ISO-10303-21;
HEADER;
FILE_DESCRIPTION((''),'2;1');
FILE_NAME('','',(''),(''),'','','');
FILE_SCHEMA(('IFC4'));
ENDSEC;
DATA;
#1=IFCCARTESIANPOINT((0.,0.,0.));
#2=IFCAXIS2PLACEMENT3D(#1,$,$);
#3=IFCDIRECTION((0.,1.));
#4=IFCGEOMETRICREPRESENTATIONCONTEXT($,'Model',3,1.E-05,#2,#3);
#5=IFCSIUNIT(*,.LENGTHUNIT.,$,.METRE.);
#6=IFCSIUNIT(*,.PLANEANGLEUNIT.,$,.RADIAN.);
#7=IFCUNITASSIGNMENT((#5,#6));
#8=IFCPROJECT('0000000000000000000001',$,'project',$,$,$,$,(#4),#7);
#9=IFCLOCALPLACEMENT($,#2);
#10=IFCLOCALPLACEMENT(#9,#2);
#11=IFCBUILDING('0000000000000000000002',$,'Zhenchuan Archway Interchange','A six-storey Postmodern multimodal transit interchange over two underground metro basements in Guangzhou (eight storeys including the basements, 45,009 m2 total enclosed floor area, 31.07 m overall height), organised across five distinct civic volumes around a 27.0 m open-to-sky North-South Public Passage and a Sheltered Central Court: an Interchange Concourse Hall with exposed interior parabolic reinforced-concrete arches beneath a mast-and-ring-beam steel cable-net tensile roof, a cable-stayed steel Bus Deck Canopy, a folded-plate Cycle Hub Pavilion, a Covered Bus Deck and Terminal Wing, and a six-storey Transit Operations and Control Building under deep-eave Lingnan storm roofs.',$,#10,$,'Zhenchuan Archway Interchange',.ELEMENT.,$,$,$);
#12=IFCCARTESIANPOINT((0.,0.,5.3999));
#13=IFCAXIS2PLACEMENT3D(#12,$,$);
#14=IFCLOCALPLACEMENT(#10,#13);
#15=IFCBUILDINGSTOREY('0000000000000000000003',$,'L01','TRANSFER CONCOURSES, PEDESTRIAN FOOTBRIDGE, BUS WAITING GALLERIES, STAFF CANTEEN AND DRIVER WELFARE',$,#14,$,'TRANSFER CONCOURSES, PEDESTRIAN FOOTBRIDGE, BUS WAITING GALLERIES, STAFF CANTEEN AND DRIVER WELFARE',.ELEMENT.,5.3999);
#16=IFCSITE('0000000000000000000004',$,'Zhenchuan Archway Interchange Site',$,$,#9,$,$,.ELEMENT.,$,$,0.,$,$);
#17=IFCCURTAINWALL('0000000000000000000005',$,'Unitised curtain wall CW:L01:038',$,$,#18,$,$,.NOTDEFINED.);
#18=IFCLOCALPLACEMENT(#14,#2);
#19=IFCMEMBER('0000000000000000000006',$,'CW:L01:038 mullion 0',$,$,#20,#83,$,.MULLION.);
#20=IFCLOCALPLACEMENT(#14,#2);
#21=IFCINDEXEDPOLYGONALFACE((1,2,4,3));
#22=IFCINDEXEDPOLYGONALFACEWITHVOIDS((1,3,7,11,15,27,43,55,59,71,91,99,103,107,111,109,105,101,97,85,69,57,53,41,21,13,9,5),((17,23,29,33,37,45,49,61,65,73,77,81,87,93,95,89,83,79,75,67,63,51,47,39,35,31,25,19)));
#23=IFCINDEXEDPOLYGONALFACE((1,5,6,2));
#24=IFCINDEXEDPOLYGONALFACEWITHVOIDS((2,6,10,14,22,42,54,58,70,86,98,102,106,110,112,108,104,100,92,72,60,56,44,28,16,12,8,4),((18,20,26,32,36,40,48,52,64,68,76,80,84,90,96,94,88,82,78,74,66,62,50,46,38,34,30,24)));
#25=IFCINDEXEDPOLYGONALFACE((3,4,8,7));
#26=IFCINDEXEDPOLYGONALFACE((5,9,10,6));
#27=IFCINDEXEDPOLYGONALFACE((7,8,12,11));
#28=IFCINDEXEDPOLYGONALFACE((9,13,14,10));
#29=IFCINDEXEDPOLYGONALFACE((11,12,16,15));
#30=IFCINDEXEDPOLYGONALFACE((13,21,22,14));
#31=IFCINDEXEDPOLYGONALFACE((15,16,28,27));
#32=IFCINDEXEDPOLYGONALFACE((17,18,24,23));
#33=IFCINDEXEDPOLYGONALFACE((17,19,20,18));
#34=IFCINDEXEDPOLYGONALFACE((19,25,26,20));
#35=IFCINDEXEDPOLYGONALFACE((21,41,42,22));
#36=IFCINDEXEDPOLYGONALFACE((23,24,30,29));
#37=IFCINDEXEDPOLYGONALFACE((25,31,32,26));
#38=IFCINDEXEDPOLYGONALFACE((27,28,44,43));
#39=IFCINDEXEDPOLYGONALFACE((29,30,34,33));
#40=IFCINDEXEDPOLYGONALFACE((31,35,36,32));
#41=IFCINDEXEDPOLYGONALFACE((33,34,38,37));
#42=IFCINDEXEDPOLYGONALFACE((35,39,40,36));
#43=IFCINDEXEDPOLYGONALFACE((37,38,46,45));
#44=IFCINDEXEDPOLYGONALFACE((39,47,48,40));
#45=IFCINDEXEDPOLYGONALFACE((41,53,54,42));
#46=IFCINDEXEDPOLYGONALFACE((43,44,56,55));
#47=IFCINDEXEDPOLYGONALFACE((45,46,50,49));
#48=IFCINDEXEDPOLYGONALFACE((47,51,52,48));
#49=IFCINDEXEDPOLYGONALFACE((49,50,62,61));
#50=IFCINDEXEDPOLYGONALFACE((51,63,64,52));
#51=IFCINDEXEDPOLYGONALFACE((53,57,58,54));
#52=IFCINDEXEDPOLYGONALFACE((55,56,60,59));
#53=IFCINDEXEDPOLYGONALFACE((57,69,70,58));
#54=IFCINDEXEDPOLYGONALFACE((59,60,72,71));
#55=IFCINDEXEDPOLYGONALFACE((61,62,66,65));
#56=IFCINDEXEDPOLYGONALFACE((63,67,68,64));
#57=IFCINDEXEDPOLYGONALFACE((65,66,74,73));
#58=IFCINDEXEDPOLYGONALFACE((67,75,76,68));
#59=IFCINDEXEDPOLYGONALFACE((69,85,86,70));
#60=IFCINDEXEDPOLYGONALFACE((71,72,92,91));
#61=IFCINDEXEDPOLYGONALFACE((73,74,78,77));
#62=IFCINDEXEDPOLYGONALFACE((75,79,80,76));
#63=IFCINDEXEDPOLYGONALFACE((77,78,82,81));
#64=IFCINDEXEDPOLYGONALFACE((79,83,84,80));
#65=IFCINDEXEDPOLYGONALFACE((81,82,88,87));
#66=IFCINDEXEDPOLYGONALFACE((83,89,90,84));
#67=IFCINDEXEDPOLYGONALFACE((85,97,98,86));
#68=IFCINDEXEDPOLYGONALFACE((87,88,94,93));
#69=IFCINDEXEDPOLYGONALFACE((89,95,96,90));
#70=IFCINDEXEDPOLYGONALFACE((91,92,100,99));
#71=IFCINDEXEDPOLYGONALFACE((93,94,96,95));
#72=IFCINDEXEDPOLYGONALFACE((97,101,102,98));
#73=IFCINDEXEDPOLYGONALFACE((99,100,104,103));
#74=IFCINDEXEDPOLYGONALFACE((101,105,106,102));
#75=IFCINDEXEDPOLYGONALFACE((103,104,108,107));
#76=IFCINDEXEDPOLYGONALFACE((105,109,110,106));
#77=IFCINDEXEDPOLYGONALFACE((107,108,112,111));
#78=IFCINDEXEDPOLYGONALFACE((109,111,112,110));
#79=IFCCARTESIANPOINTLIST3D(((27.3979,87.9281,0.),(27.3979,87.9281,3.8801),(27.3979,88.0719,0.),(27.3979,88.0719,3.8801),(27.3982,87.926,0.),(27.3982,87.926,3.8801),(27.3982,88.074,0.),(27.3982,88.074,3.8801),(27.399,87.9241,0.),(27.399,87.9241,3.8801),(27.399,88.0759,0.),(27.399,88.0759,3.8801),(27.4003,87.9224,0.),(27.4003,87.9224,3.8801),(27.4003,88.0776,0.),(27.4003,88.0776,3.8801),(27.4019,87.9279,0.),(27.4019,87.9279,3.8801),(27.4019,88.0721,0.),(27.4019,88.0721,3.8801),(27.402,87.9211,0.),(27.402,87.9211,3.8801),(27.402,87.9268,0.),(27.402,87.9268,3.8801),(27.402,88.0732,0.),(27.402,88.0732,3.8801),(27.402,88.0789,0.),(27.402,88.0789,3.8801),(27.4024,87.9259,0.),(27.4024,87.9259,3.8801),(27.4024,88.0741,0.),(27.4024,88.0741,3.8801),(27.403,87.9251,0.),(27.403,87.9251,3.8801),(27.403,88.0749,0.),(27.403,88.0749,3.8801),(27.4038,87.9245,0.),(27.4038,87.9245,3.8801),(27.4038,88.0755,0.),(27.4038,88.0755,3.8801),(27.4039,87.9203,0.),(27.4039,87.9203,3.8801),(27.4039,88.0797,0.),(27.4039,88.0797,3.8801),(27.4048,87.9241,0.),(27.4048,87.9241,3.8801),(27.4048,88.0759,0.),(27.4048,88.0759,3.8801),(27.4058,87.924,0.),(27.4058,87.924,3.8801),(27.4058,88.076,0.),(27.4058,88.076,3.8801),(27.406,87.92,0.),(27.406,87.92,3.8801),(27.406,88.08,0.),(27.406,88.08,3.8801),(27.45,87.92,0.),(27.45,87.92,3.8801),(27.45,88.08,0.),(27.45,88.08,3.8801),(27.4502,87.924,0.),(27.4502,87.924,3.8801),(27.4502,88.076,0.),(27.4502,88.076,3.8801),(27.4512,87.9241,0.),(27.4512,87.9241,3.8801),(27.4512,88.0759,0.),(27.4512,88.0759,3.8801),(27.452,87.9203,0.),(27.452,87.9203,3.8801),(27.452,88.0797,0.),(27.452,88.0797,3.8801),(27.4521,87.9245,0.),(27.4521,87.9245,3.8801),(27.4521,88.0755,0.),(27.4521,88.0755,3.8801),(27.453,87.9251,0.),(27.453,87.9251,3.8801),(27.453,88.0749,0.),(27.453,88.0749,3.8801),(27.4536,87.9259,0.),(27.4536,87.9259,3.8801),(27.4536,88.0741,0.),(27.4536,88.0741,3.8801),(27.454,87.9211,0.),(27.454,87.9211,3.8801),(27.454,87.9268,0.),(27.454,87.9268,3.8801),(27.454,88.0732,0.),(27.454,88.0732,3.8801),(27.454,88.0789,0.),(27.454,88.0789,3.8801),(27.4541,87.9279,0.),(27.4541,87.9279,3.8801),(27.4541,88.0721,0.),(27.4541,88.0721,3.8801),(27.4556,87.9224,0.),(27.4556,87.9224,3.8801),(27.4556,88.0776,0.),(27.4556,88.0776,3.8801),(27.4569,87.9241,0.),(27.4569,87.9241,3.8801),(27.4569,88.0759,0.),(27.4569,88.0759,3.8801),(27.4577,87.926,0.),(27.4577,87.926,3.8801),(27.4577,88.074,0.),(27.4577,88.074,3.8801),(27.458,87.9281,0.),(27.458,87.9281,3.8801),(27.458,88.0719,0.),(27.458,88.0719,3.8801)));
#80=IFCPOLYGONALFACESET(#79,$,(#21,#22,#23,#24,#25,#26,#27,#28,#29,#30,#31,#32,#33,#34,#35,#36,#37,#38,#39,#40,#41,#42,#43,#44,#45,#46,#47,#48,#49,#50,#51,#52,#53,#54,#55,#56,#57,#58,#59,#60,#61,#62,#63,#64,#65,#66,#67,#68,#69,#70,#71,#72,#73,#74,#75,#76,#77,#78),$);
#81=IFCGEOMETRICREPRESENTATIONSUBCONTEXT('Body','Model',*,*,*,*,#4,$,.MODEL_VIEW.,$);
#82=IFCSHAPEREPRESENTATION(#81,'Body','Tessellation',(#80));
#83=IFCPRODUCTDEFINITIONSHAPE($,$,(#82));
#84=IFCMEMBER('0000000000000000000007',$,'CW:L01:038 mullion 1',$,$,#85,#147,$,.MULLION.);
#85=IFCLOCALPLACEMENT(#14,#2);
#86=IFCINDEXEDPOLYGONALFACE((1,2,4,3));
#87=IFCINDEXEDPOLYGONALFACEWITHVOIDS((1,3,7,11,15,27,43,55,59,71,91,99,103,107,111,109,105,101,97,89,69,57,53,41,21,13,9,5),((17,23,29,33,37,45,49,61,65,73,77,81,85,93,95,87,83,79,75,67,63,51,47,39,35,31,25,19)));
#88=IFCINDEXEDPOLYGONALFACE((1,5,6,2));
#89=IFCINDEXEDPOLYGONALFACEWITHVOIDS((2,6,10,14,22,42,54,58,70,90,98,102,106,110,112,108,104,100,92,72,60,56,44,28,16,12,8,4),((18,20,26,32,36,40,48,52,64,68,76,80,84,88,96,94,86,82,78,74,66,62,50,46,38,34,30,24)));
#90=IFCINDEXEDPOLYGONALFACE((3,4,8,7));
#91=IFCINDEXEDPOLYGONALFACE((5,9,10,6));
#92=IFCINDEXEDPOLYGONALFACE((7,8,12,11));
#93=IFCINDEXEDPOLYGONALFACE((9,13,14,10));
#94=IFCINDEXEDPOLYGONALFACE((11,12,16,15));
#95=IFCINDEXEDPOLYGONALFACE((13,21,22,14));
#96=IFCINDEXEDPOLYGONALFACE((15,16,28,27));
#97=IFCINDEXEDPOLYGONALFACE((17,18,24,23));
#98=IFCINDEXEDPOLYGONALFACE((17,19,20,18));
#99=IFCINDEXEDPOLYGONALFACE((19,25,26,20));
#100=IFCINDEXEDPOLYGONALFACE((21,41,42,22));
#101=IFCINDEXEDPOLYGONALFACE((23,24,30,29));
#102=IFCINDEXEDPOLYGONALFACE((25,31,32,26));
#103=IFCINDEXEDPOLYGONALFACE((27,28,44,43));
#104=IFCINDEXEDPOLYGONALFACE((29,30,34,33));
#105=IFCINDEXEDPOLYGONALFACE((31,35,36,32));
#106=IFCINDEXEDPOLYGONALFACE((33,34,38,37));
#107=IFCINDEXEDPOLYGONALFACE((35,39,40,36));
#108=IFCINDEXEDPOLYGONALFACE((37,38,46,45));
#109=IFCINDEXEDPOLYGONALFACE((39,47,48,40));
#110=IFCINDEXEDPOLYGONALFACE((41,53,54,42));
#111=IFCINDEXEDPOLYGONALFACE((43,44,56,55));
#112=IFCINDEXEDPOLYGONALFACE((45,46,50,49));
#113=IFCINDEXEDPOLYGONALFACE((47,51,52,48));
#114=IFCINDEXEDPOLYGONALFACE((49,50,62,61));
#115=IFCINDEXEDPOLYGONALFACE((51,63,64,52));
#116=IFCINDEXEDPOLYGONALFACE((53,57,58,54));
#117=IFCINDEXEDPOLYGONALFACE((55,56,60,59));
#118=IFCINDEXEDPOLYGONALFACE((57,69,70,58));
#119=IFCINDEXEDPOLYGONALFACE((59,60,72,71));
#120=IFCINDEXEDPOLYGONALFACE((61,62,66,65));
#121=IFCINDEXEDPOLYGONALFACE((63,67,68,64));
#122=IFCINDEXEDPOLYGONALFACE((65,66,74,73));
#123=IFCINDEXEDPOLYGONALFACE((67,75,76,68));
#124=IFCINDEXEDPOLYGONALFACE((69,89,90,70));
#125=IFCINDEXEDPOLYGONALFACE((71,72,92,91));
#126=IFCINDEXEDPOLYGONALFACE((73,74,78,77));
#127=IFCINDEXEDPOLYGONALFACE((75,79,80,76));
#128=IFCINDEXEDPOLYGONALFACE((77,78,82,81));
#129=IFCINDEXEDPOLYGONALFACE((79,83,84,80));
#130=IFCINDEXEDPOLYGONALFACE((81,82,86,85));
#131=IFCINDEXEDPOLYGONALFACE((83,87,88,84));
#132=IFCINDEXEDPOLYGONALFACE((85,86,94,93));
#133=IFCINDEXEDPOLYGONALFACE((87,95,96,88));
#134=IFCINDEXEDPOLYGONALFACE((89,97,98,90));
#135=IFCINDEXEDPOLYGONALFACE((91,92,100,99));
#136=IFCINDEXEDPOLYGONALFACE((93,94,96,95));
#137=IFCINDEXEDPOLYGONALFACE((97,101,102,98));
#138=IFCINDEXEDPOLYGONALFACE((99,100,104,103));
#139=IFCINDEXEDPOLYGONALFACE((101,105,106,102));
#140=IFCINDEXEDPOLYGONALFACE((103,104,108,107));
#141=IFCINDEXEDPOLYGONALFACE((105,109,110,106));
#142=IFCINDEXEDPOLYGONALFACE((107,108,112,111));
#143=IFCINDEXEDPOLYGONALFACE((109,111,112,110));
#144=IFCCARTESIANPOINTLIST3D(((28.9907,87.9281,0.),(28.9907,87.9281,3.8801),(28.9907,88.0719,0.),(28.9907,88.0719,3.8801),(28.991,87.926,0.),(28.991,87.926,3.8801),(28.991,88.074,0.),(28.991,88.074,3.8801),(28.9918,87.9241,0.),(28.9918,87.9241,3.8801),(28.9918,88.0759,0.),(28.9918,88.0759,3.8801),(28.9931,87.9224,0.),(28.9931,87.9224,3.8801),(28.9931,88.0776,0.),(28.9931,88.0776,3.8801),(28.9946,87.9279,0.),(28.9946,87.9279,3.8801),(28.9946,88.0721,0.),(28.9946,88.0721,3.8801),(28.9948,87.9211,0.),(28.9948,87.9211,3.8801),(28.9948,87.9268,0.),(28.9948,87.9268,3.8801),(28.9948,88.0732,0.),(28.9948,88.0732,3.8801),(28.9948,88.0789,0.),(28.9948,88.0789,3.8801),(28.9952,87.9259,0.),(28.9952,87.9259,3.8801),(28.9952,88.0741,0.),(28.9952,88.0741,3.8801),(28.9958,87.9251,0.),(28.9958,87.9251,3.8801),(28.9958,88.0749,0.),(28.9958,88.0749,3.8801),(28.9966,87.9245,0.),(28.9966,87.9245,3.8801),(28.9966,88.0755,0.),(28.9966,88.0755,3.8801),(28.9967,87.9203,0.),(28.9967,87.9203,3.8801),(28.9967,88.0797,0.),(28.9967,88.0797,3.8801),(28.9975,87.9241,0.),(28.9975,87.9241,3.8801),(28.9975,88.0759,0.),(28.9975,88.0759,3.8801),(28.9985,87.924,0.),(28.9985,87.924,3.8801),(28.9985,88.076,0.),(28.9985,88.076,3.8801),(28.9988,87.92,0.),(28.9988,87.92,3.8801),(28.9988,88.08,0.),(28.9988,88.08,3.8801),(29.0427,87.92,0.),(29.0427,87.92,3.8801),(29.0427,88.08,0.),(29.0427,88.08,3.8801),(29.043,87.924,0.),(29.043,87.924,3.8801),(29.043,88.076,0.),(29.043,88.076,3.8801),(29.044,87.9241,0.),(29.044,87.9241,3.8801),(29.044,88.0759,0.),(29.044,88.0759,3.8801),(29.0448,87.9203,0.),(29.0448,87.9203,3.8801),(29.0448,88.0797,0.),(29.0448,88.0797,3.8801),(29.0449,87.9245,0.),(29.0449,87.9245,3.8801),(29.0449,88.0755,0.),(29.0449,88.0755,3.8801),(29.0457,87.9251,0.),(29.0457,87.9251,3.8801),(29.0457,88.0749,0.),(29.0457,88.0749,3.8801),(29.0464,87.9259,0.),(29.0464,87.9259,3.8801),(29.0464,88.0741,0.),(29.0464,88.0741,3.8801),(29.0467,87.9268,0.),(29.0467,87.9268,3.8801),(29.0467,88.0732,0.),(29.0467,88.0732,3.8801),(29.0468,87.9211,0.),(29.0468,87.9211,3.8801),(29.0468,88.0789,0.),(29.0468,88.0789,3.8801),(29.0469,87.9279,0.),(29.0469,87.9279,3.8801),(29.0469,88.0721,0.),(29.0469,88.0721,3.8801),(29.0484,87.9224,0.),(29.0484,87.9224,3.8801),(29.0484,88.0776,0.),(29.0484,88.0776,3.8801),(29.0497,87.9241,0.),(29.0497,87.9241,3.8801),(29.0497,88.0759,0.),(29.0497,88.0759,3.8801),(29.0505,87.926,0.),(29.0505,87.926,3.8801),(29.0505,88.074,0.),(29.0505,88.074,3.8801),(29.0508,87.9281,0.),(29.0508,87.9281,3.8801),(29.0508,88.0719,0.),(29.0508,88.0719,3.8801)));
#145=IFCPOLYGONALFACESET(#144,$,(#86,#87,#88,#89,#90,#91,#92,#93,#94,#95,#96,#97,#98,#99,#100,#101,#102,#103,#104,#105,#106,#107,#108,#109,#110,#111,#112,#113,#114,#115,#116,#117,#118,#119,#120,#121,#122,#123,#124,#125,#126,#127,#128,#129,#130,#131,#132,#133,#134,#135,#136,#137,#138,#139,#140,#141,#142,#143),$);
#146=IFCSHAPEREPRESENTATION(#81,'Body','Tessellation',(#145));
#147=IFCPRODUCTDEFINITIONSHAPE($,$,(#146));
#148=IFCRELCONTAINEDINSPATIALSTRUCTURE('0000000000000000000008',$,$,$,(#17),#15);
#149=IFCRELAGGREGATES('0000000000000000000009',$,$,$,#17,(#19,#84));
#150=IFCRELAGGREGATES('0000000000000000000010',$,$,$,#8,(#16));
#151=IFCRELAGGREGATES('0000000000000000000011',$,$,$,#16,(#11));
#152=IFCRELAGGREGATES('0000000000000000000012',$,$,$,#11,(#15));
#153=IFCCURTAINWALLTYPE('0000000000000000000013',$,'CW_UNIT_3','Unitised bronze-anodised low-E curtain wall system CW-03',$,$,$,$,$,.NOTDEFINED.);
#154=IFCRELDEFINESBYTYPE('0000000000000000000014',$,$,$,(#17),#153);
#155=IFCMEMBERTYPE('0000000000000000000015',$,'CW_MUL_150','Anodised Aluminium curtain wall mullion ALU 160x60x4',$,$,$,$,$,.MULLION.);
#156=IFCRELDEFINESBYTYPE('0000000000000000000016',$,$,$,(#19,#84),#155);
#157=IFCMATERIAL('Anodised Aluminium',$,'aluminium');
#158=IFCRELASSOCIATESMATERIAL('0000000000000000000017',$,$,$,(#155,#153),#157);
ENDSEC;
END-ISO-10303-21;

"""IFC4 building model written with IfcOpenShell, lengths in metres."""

from ifc_helpers import new_model, si_unit, direction, frame, origin, origin_2d, place, context, subcontext, project, spatial, hollow_rectangle, extrude, material, material_profile, profile_set, type_object, element, aggregate, save


model = new_model("IFC4")

# Units and contexts
model_context = context("Model", 3, precision=1e-05, world=origin(), true_north=direction((0.0, 1.0)))
body_context = subcontext(model_context, "Body", "Model", "MODEL_VIEW")
ifc_project = project(units=[si_unit("LENGTHUNIT", "METRE"), si_unit("PLANEANGLEUNIT", "RADIAN")], contexts=[model_context])

# Site, building, storey
site_placement = place(None, origin())
site = spatial("IfcSite", under=ifc_project, at=site_placement, Name="Zhenchuan Archway Interchange Site", CompositionType="ELEMENT", RefElevation=0.0)
building_placement = place(site_placement, origin())
building = spatial("IfcBuilding", under=site, at=building_placement, Name="Zhenchuan Archway Interchange", Description="A six-storey Postmodern multimodal transit interchange over two underground metro basements in Guangzhou (eight storeys including the basements, 45,009 m2 total enclosed floor area, 31.07 m overall height), organised across five distinct civic volumes around a 27.0 m open-to-sky North-South Public Passage and a Sheltered Central Court: an Interchange Concourse Hall with exposed interior parabolic reinforced-concrete arches beneath a mast-and-ring-beam steel cable-net tensile roof, a cable-stayed steel Bus Deck Canopy, a folded-plate Cycle Hub Pavilion, a Covered Bus Deck and Terminal Wing, and a six-storey Transit Operations and Control Building under deep-eave Lingnan storm roofs.", LongName="Zhenchuan Archway Interchange", CompositionType="ELEMENT")
storey_placement = place(building_placement, frame((0.0, 0.0, 5.3999)))
storey = spatial("IfcBuildingStorey", under=building, at=storey_placement, Name="L01", Description="TRANSFER CONCOURSES, PEDESTRIAN FOOTBRIDGE, BUS WAITING GALLERIES, STAFF CANTEEN AND DRIVER WELFARE", LongName="TRANSFER CONCOURSES, PEDESTRIAN FOOTBRIDGE, BUS WAITING GALLERIES, STAFF CANTEEN AND DRIVER WELFARE", CompositionType="ELEMENT", Elevation=5.3999)

# Curtain wall, members
ifc_material_1 = material(Name="Anodised Aluminium", Category="aluminium")
ifc_material_profile_1 = material_profile(ifc_material_1, hollow_rectangle(XDim=0.0601, YDim=0.1599, WallThickness=0.0039, InnerFilletRadius=0.0039, OuterFilletRadius=0.0081, at=origin_2d()), Name="ALU 160x60x4")
ifc_profile_set_1 = profile_set([ifc_material_profile_1], Name="Anodised Aluminium")
member_type_1 = type_object("IfcMemberType", Name="CW_MUL_150", Description="Anodised Aluminium curtain wall mullion ALU 160x60x4", PredefinedType="MULLION", material=ifc_profile_set_1)
curtain_wall_type_1 = type_object("IfcCurtainWallType", Name="CW_UNIT_3", Description="Unitised bronze-anodised low-E curtain wall system CW-03", PredefinedType="NOTDEFINED", material=ifc_material_1)
curtain_wall_1_placement = place(storey_placement, origin())
curtain_wall_1 = element("IfcCurtainWall", 1, at=curtain_wall_1_placement, inside=storey, type_object=curtain_wall_type_1, Name="Unitised curtain wall CW:L01:038", PredefinedType="NOTDEFINED")
member_1_placement = place(storey_placement, frame((27.428, 88.0, 0.0), z_axis=(0.0, 0.0, 1.0), x_axis=(1.0, 0.0, 0.0)))
member_1 = element("IfcMember", 2, at=member_1_placement, type_object=member_type_1, Name="CW:L01:038 mullion 0", PredefinedType="MULLION", context=body_context, shape_type="SweptSolid", body=[
    extrude(hollow_rectangle(XDim=0.0601, YDim=0.1599, WallThickness=0.0039, InnerFilletRadius=0.0039, OuterFilletRadius=0.0081, at=origin_2d()), origin(), (0.0, 0.0, 1.0), 3.8801),
])
member_2_placement = place(storey_placement, frame((29.0208, 88.0, 0.0), z_axis=(0.0, 0.0, 1.0), x_axis=(1.0, 0.0, 0.0)))
member_2 = element("IfcMember", 3, at=member_2_placement, type_object=member_type_1, Name="CW:L01:038 mullion 1", PredefinedType="MULLION", context=body_context, shape_type="SweptSolid", body=[
    extrude(hollow_rectangle(XDim=0.0601, YDim=0.1599, WallThickness=0.0039, InnerFilletRadius=0.0039, OuterFilletRadius=0.0081, at=origin_2d()), origin(), (0.0, 0.0, 1.0), 3.8801),
])

aggregate(curtain_wall_1, [member_1, member_2])

save(model, "model.ifc")
